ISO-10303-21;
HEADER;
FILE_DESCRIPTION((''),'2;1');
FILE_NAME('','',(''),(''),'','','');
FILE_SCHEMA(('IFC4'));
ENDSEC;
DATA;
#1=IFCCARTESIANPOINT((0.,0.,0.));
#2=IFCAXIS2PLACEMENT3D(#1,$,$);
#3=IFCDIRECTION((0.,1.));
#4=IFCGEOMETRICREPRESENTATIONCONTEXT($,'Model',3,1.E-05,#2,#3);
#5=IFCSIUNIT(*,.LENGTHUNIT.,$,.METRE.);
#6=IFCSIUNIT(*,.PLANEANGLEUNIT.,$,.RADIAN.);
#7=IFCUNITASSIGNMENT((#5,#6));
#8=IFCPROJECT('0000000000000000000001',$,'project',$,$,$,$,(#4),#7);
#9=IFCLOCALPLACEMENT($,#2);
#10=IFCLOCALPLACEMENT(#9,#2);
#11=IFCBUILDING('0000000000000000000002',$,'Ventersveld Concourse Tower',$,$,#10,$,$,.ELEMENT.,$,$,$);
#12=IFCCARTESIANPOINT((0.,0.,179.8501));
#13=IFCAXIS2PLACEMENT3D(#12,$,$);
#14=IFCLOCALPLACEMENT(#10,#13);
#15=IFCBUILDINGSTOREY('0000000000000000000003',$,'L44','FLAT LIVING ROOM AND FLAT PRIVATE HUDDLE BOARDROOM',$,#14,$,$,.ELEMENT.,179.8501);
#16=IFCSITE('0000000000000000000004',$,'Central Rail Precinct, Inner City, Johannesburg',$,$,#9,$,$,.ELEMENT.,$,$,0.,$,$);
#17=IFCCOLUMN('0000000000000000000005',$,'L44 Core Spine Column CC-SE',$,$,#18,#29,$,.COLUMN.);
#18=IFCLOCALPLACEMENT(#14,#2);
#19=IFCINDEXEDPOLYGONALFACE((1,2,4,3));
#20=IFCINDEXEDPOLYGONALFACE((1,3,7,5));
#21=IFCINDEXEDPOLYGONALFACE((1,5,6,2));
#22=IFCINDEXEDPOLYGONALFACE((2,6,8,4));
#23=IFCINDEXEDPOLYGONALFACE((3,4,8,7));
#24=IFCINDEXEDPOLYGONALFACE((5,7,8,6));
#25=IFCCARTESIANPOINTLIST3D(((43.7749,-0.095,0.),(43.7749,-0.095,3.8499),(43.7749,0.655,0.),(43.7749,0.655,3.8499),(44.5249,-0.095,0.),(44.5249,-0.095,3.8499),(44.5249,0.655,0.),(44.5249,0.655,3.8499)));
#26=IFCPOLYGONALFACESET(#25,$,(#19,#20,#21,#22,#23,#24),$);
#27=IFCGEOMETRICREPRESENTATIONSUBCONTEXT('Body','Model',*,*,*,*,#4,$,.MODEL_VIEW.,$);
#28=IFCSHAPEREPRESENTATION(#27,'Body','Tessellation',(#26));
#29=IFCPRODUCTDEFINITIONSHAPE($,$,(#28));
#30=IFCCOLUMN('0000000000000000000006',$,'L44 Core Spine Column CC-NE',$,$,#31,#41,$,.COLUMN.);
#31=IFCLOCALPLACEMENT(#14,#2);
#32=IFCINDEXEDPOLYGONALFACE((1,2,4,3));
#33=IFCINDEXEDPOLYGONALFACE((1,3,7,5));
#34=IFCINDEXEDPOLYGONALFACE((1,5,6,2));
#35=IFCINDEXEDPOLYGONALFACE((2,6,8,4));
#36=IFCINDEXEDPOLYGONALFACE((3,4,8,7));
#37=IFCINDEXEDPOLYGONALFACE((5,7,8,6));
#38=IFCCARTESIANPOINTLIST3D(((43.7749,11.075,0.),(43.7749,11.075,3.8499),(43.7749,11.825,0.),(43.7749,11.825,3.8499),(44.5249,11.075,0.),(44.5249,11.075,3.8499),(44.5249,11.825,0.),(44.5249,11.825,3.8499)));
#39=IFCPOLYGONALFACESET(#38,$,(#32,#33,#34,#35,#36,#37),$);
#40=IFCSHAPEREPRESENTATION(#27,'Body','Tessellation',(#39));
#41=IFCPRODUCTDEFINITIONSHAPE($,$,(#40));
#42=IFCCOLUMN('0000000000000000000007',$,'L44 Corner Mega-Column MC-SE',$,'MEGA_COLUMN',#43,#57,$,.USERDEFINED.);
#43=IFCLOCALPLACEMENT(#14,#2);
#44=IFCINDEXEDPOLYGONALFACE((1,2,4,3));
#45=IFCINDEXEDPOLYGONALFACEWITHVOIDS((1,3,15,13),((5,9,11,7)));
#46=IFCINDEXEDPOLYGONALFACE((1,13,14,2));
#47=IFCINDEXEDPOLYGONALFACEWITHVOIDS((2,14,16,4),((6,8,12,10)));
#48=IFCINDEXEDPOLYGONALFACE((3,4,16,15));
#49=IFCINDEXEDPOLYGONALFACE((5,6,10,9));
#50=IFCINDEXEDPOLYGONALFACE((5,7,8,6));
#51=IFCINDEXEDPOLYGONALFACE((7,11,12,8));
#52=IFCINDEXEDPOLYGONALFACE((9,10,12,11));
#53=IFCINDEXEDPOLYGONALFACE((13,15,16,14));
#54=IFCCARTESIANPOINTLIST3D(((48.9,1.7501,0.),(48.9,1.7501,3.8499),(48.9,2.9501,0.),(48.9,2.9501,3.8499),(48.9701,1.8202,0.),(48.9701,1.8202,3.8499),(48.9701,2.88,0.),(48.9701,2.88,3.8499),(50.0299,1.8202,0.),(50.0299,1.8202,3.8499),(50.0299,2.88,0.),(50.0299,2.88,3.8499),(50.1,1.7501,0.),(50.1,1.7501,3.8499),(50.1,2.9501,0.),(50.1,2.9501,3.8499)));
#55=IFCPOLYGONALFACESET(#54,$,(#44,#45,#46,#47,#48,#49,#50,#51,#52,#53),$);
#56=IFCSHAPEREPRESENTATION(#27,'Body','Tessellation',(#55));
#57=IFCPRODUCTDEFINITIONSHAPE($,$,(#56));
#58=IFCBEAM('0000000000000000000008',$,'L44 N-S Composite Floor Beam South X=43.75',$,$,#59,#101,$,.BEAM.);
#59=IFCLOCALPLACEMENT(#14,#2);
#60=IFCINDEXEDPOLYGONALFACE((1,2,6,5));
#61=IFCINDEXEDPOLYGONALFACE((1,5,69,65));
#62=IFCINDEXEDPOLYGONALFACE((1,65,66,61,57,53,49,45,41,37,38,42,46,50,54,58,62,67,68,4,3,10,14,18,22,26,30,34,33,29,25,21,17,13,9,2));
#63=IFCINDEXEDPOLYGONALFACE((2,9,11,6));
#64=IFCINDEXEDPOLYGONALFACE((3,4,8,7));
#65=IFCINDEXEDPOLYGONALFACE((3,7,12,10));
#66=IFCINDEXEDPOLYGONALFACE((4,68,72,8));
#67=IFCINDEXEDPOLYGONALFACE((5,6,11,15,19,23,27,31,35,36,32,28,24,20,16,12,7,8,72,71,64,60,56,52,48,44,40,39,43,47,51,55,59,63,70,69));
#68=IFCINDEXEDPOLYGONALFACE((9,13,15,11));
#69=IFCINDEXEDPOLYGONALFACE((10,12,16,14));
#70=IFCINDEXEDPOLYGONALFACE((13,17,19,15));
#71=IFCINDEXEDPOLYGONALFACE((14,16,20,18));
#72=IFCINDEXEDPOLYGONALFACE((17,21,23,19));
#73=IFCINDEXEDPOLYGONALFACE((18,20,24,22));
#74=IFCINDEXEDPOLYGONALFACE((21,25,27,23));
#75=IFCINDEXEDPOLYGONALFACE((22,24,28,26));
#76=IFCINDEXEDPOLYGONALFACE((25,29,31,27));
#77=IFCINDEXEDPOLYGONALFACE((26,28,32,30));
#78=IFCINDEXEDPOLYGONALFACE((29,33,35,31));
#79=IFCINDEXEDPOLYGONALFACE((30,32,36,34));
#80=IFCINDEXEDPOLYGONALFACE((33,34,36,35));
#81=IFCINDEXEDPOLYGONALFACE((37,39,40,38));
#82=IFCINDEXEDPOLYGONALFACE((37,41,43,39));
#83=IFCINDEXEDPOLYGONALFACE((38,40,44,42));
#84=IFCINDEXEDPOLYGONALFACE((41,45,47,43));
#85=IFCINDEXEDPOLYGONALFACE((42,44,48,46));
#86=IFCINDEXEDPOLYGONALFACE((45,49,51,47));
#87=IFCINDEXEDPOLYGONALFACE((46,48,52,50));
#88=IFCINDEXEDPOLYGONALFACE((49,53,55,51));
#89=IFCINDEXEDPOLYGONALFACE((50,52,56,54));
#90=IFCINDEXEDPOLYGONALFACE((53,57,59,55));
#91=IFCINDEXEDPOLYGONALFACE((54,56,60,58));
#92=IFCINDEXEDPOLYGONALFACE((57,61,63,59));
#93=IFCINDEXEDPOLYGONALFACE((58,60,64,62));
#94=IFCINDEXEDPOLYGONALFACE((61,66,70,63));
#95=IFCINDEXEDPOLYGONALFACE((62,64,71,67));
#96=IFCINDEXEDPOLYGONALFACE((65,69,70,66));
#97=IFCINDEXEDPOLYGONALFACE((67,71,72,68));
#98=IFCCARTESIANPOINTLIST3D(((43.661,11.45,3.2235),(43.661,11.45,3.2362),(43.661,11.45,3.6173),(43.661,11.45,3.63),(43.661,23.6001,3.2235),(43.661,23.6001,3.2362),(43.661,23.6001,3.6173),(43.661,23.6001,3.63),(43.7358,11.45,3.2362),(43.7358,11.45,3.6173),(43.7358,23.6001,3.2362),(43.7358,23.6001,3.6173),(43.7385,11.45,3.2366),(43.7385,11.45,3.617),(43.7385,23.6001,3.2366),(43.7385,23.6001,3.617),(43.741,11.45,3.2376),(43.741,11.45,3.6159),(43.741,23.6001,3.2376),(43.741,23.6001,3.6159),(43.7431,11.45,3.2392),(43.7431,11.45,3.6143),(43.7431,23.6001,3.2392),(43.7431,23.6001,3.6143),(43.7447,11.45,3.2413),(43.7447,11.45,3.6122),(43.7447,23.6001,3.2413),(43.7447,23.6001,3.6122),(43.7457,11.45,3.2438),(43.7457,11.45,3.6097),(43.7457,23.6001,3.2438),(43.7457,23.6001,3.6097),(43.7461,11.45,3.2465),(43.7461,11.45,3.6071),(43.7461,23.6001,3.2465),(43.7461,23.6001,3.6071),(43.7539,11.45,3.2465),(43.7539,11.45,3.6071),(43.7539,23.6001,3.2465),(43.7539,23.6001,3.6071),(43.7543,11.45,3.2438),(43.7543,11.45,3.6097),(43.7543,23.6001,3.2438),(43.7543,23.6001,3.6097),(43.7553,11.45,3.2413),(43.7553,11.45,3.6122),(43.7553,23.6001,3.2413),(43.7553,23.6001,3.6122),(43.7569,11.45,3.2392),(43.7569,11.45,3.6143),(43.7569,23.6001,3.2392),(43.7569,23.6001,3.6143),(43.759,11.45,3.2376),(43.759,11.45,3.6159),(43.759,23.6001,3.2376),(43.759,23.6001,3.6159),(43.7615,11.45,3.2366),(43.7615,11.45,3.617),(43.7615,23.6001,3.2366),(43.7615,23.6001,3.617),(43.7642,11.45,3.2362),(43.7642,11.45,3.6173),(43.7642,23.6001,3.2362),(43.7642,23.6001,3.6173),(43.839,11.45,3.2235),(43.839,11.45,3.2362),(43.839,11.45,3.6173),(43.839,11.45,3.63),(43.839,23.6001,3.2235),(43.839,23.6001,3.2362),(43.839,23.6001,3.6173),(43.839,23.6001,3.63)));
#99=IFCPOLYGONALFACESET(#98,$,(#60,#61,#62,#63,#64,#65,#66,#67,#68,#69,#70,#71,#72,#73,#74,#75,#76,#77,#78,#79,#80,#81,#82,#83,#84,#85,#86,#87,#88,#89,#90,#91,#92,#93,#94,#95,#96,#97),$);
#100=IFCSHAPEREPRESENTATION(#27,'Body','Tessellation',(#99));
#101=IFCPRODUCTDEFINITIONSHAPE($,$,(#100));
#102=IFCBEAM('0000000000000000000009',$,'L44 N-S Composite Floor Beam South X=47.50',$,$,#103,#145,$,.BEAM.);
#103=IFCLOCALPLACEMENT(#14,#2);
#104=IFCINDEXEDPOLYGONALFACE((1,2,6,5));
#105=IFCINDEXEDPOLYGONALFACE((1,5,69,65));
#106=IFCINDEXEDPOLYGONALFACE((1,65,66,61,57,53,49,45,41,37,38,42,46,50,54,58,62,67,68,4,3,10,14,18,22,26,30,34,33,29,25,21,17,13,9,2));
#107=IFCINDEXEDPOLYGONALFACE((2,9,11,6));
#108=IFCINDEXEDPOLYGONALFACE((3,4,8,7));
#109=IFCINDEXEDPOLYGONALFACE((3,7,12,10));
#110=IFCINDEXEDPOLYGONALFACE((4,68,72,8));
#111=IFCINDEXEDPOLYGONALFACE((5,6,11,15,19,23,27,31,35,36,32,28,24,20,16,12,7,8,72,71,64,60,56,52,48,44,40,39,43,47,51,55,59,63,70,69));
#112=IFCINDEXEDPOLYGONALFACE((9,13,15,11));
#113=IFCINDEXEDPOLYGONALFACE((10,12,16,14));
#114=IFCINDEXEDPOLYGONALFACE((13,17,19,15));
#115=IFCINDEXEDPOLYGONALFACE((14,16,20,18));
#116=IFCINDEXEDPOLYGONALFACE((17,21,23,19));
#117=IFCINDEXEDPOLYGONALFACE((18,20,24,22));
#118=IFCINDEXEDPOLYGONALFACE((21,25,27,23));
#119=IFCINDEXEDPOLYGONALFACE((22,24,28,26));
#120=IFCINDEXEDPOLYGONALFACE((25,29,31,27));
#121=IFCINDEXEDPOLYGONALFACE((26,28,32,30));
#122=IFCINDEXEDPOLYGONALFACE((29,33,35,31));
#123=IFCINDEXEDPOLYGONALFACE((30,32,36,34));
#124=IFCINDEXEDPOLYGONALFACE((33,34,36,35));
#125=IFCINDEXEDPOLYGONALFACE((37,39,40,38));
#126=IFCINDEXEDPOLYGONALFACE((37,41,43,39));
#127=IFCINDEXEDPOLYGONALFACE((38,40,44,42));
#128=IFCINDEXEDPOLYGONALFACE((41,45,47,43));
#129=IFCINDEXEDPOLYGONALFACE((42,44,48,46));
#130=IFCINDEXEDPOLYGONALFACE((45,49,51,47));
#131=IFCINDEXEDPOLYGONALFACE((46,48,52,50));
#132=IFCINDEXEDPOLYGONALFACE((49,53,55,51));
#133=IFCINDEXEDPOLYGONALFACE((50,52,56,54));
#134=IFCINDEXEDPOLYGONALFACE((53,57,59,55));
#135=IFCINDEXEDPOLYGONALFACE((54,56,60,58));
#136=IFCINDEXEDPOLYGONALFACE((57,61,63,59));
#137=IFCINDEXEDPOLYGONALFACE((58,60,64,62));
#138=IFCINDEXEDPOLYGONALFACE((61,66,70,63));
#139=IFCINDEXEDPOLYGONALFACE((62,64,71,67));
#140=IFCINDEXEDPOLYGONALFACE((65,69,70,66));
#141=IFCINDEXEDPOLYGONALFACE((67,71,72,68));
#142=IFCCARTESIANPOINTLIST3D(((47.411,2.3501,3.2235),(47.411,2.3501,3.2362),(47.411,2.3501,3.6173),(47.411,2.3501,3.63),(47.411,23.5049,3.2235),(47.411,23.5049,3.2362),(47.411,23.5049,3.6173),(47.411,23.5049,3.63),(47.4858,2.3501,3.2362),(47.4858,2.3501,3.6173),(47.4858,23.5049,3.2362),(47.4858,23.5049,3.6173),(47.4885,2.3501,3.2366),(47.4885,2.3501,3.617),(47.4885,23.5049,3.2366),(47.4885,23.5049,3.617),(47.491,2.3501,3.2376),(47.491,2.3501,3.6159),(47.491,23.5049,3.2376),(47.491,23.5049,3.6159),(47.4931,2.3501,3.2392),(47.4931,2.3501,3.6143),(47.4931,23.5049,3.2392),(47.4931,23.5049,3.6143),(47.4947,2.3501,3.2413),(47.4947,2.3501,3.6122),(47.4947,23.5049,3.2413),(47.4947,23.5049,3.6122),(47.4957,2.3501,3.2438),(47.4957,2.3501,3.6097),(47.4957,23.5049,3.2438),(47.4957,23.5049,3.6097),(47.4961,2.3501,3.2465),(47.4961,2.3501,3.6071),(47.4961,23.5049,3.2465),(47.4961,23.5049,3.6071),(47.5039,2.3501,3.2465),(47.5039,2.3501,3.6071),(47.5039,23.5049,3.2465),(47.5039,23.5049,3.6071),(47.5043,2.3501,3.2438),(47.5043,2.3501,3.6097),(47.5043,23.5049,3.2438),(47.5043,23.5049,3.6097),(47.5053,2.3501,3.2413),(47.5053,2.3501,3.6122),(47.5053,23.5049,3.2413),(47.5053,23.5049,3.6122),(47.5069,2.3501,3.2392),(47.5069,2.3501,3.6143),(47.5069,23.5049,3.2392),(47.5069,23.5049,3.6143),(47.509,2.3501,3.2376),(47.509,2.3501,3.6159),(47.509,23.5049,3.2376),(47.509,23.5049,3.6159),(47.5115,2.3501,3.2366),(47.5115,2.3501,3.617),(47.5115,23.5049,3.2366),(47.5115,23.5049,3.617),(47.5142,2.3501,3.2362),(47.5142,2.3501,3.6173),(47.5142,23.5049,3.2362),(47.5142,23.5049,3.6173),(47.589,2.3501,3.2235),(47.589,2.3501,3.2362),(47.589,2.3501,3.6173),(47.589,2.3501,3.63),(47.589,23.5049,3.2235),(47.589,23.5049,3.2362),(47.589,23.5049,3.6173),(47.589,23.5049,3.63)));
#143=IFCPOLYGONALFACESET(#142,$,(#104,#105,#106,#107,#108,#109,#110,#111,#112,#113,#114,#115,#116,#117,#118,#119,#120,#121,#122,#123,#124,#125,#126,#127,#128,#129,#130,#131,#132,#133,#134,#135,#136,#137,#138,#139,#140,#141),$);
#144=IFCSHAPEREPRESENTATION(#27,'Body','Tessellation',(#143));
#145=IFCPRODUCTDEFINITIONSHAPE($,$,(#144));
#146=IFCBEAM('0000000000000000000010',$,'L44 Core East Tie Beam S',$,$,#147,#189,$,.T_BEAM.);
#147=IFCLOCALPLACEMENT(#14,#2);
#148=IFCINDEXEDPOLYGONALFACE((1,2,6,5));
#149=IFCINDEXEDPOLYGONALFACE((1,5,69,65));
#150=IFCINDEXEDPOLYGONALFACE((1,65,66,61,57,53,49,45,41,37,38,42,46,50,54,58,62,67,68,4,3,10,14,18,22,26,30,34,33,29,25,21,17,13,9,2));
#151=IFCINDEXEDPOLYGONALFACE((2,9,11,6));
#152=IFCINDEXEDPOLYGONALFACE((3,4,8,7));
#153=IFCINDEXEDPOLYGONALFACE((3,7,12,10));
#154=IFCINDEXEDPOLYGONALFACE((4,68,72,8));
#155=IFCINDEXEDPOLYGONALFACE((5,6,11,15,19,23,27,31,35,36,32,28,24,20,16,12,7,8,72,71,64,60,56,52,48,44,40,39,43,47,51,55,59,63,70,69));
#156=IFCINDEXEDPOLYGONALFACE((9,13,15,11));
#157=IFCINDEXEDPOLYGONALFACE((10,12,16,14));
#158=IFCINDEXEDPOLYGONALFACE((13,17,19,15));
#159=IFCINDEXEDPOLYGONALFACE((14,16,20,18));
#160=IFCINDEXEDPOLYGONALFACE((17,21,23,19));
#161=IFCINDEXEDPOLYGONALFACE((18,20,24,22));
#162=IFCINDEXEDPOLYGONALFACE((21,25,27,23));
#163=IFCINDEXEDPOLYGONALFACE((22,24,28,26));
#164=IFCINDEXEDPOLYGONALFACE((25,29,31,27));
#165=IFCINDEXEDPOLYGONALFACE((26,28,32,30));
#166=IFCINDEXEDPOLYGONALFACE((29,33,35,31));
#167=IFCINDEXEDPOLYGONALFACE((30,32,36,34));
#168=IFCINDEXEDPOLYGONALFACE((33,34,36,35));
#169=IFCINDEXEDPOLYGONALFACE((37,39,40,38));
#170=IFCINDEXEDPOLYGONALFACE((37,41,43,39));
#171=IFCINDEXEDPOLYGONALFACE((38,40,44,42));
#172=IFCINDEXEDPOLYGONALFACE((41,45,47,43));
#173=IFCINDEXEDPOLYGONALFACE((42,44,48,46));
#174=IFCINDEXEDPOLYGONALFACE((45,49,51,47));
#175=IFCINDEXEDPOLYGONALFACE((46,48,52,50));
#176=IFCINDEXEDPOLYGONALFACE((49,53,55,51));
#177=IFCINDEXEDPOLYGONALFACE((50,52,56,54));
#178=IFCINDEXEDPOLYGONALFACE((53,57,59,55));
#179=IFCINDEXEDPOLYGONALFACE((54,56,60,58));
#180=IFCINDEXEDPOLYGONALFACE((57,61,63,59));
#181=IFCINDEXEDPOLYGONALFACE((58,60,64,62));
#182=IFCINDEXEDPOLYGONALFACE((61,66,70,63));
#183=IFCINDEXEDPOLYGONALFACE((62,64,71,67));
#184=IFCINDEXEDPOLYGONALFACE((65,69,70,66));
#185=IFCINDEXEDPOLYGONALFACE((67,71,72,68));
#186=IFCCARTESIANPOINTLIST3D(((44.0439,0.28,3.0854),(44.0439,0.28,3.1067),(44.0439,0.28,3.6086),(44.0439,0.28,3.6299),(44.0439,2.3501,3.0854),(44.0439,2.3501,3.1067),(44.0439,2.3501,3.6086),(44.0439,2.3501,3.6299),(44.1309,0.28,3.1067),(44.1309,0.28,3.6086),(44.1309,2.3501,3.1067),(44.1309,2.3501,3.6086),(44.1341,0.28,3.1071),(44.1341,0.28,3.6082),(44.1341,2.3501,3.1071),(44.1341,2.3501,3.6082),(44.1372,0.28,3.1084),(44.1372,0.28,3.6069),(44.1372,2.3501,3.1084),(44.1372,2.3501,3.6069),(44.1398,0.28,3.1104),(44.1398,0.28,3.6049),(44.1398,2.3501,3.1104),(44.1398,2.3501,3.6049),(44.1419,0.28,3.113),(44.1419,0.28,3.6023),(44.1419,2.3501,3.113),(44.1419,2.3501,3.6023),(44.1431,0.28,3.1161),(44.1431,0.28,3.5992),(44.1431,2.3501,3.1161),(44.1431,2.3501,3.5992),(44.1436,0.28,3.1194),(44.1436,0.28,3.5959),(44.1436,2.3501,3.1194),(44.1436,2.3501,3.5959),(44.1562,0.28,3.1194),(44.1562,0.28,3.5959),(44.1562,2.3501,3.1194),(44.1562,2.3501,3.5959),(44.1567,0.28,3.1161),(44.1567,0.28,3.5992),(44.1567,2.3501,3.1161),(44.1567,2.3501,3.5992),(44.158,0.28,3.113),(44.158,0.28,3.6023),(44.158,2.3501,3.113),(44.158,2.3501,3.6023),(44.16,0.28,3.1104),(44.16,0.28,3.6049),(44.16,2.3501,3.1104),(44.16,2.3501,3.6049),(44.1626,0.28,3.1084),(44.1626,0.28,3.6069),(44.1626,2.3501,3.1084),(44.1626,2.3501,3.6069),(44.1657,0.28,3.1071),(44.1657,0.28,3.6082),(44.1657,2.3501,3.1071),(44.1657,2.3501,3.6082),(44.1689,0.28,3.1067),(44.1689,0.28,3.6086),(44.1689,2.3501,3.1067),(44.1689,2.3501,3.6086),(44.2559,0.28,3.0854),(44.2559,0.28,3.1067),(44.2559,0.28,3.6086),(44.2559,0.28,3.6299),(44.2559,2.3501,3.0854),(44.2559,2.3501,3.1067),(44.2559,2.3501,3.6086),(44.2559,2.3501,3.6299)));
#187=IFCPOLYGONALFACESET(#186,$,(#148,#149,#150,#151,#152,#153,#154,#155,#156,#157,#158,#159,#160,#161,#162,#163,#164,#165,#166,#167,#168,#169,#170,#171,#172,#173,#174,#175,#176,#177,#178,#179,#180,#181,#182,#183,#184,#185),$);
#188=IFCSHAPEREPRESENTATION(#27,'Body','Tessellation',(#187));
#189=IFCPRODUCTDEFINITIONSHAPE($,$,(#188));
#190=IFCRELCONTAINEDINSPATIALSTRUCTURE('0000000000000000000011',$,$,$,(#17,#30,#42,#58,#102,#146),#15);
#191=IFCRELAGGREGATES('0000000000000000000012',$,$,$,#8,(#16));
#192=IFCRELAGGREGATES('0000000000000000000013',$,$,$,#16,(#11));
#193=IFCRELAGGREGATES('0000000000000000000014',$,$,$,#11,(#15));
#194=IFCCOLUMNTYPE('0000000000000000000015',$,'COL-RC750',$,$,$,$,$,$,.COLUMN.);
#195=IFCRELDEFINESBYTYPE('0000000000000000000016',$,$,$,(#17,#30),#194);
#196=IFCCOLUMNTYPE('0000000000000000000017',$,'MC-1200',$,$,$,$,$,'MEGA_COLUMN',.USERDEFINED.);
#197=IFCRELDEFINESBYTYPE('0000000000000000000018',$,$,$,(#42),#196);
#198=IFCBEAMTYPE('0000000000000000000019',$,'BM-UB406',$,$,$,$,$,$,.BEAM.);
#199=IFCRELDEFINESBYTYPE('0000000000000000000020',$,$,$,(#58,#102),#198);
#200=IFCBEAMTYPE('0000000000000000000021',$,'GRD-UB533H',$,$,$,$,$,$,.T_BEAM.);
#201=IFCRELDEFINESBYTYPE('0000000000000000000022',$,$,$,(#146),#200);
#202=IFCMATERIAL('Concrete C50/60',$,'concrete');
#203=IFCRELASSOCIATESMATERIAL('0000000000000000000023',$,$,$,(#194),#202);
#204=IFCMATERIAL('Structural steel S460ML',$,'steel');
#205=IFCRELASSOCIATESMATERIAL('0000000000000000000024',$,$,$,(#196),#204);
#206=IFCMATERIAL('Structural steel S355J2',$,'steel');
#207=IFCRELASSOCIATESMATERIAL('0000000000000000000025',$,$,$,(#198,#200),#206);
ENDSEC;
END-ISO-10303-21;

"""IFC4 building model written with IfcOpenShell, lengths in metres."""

from ifc_helpers import new_model, si_unit, direction, frame, origin, origin_2d, place, context, subcontext, project, spatial, rectangle, hollow_rectangle, i_section, extrude, material, material_profile, profile_set, type_object, element, save


model = new_model("IFC4")

# Units and contexts
model_context = context("Model", 3, precision=1e-05, world=origin(), true_north=direction((0.0, 1.0)))
body_context = subcontext(model_context, "Body", "Model", "MODEL_VIEW")
ifc_project = project(units=[si_unit("LENGTHUNIT", "METRE"), si_unit("PLANEANGLEUNIT", "RADIAN")], contexts=[model_context])

# Site, building, storey
site_placement = place(None, origin())
site = spatial("IfcSite", under=ifc_project, at=site_placement, Name="Central Rail Precinct, Inner City, Johannesburg", CompositionType="ELEMENT", RefElevation=0.0)
building_placement = place(site_placement, origin())
building = spatial("IfcBuilding", under=site, at=building_placement, Name="Ventersveld Concourse Tower", CompositionType="ELEMENT")
storey_placement = place(building_placement, frame((0.0, 0.0, 179.8501)))
storey = spatial("IfcBuildingStorey", under=building, at=storey_placement, Name="L44", Description="FLAT LIVING ROOM AND FLAT PRIVATE HUDDLE BOARDROOM", CompositionType="ELEMENT", Elevation=179.8501)

# Columns
ifc_material_1 = material(Name="Concrete C50/60", Category="concrete")
ifc_material_profile_1 = material_profile(ifc_material_1, rectangle(XDim=0.75, YDim=0.75, at=origin_2d()), Name="RC 750x750")
ifc_profile_set_1 = profile_set([ifc_material_profile_1], Name="Concrete C50/60")
column_type_1 = type_object("IfcColumnType", Name="COL-RC750", PredefinedType="COLUMN", material=ifc_profile_set_1)
for number, where, z_axis, x_axis, name in (
    (1, (44.1499, 0.28, 0.0), (0.0, 0.0, 1.0), (1.0, 0.0, 0.0), "L44 Core Spine Column CC-SE"),
    (2, (44.1499, 11.45, 0.0), (0.0, 0.0, 1.0), (1.0, 0.0, 0.0), "L44 Core Spine Column CC-NE"),
):
    element("IfcColumn", number, at=place(storey_placement, frame(where, z_axis=z_axis, x_axis=x_axis)), inside=storey, type_object=column_type_1, Name=name, PredefinedType="COLUMN", context=body_context, shape_type="SweptSolid", body=[
        extrude(rectangle(XDim=0.75, YDim=0.75, at=origin_2d()), origin(), (0.0, 0.0, 1.0), 3.8499),
    ])
ifc_material_2 = material(Name="Structural steel S460ML", Category="steel")
ifc_material_profile_2 = material_profile(ifc_material_2, hollow_rectangle(XDim=1.2, YDim=1.2, WallThickness=0.0701, at=origin_2d()), Name="BOX 1200x1200x70")
ifc_profile_set_2 = profile_set([ifc_material_profile_2], Name="Structural steel S460ML")
column_type_2 = type_object("IfcColumnType", Name="MC-1200", ElementType="MEGA_COLUMN", PredefinedType="USERDEFINED", material=ifc_profile_set_2)
column_placement = place(storey_placement, frame((49.5, 2.3501, 0.0), z_axis=(0.0, 0.0, 1.0), x_axis=(1.0, 0.0, 0.0)))
element("IfcColumn", 3, at=column_placement, inside=storey, type_object=column_type_2, Name="L44 Corner Mega-Column MC-SE", ObjectType="MEGA_COLUMN", PredefinedType="USERDEFINED", context=body_context, shape_type="SweptSolid", body=[
    extrude(hollow_rectangle(XDim=1.2, YDim=1.2, WallThickness=0.0701, at=origin_2d()), origin(), (0.0, 0.0, 1.0), 3.8499),
])

# Beams
ifc_material_3 = material(Name="Structural steel S355J2", Category="steel")
ifc_material_profile_3 = material_profile(ifc_material_3, i_section(OverallWidth=0.178, OverallDepth=0.4065, WebThickness=0.0078, FlangeThickness=0.0127, FilletRadius=0.0103, at=origin_2d()), Name="UB 406x178x60")
ifc_profile_set_3 = profile_set([ifc_material_profile_3], Name="Structural steel S355J2")
beam_type_1 = type_object("IfcBeamType", Name="BM-UB406", PredefinedType="BEAM", material=ifc_profile_set_3)
beam_1_placement = place(storey_placement, frame((43.75, 11.45, 3.4268), z_axis=(0.0, 1.0, 0.0), x_axis=(-1.0, 0.0, 0.0)))
element("IfcBeam", 4, at=beam_1_placement, inside=storey, type_object=beam_type_1, Name="L44 N-S Composite Floor Beam South X=43.75", PredefinedType="BEAM", context=body_context, shape_type="SweptSolid", body=[
    extrude(i_section(OverallWidth=0.178, OverallDepth=0.4065, WebThickness=0.0078, FlangeThickness=0.0127, FilletRadius=0.0103, at=origin_2d()), origin(), (0.0, 0.0, 1.0), 12.1501),
])
beam_2_placement = place(storey_placement, frame((47.5, 2.3501, 3.4268), z_axis=(0.0, 1.0, 0.0), x_axis=(-1.0, 0.0, 0.0)))
element("IfcBeam", 5, at=beam_2_placement, inside=storey, type_object=beam_type_1, Name="L44 N-S Composite Floor Beam South X=47.50", PredefinedType="BEAM", context=body_context, shape_type="SweptSolid", body=[
    extrude(i_section(OverallWidth=0.178, OverallDepth=0.4065, WebThickness=0.0078, FlangeThickness=0.0127, FilletRadius=0.0103, at=origin_2d()), origin(), (0.0, 0.0, 1.0), 21.1548),
])
ifc_material_profile_4 = material_profile(ifc_material_3, i_section(OverallWidth=0.2119, OverallDepth=0.5444, WebThickness=0.0127, FlangeThickness=0.0212, FilletRadius=0.0127, at=origin_2d()), Name="UB 533x210x122")
ifc_profile_set_4 = profile_set([ifc_material_profile_4], Name="Structural steel S355J2")
beam_type_2 = type_object("IfcBeamType", Name="GRD-UB533H", PredefinedType="T_BEAM", material=ifc_profile_set_4)
beam_3_placement = place(storey_placement, frame((44.1499, 0.28, 3.3577), z_axis=(0.0, 1.0, 0.0), x_axis=(-1.0, 0.0, 0.0)))
element("IfcBeam", 6, at=beam_3_placement, inside=storey, type_object=beam_type_2, Name="L44 Core East Tie Beam S", PredefinedType="T_BEAM", context=body_context, shape_type="SweptSolid", body=[
    extrude(i_section(OverallWidth=0.2119, OverallDepth=0.5444, WebThickness=0.0127, FlangeThickness=0.0212, FilletRadius=0.0127, at=origin_2d()), origin(), (0.0, 0.0, 1.0), 2.0701),
])

save(model, "model.ifc")
